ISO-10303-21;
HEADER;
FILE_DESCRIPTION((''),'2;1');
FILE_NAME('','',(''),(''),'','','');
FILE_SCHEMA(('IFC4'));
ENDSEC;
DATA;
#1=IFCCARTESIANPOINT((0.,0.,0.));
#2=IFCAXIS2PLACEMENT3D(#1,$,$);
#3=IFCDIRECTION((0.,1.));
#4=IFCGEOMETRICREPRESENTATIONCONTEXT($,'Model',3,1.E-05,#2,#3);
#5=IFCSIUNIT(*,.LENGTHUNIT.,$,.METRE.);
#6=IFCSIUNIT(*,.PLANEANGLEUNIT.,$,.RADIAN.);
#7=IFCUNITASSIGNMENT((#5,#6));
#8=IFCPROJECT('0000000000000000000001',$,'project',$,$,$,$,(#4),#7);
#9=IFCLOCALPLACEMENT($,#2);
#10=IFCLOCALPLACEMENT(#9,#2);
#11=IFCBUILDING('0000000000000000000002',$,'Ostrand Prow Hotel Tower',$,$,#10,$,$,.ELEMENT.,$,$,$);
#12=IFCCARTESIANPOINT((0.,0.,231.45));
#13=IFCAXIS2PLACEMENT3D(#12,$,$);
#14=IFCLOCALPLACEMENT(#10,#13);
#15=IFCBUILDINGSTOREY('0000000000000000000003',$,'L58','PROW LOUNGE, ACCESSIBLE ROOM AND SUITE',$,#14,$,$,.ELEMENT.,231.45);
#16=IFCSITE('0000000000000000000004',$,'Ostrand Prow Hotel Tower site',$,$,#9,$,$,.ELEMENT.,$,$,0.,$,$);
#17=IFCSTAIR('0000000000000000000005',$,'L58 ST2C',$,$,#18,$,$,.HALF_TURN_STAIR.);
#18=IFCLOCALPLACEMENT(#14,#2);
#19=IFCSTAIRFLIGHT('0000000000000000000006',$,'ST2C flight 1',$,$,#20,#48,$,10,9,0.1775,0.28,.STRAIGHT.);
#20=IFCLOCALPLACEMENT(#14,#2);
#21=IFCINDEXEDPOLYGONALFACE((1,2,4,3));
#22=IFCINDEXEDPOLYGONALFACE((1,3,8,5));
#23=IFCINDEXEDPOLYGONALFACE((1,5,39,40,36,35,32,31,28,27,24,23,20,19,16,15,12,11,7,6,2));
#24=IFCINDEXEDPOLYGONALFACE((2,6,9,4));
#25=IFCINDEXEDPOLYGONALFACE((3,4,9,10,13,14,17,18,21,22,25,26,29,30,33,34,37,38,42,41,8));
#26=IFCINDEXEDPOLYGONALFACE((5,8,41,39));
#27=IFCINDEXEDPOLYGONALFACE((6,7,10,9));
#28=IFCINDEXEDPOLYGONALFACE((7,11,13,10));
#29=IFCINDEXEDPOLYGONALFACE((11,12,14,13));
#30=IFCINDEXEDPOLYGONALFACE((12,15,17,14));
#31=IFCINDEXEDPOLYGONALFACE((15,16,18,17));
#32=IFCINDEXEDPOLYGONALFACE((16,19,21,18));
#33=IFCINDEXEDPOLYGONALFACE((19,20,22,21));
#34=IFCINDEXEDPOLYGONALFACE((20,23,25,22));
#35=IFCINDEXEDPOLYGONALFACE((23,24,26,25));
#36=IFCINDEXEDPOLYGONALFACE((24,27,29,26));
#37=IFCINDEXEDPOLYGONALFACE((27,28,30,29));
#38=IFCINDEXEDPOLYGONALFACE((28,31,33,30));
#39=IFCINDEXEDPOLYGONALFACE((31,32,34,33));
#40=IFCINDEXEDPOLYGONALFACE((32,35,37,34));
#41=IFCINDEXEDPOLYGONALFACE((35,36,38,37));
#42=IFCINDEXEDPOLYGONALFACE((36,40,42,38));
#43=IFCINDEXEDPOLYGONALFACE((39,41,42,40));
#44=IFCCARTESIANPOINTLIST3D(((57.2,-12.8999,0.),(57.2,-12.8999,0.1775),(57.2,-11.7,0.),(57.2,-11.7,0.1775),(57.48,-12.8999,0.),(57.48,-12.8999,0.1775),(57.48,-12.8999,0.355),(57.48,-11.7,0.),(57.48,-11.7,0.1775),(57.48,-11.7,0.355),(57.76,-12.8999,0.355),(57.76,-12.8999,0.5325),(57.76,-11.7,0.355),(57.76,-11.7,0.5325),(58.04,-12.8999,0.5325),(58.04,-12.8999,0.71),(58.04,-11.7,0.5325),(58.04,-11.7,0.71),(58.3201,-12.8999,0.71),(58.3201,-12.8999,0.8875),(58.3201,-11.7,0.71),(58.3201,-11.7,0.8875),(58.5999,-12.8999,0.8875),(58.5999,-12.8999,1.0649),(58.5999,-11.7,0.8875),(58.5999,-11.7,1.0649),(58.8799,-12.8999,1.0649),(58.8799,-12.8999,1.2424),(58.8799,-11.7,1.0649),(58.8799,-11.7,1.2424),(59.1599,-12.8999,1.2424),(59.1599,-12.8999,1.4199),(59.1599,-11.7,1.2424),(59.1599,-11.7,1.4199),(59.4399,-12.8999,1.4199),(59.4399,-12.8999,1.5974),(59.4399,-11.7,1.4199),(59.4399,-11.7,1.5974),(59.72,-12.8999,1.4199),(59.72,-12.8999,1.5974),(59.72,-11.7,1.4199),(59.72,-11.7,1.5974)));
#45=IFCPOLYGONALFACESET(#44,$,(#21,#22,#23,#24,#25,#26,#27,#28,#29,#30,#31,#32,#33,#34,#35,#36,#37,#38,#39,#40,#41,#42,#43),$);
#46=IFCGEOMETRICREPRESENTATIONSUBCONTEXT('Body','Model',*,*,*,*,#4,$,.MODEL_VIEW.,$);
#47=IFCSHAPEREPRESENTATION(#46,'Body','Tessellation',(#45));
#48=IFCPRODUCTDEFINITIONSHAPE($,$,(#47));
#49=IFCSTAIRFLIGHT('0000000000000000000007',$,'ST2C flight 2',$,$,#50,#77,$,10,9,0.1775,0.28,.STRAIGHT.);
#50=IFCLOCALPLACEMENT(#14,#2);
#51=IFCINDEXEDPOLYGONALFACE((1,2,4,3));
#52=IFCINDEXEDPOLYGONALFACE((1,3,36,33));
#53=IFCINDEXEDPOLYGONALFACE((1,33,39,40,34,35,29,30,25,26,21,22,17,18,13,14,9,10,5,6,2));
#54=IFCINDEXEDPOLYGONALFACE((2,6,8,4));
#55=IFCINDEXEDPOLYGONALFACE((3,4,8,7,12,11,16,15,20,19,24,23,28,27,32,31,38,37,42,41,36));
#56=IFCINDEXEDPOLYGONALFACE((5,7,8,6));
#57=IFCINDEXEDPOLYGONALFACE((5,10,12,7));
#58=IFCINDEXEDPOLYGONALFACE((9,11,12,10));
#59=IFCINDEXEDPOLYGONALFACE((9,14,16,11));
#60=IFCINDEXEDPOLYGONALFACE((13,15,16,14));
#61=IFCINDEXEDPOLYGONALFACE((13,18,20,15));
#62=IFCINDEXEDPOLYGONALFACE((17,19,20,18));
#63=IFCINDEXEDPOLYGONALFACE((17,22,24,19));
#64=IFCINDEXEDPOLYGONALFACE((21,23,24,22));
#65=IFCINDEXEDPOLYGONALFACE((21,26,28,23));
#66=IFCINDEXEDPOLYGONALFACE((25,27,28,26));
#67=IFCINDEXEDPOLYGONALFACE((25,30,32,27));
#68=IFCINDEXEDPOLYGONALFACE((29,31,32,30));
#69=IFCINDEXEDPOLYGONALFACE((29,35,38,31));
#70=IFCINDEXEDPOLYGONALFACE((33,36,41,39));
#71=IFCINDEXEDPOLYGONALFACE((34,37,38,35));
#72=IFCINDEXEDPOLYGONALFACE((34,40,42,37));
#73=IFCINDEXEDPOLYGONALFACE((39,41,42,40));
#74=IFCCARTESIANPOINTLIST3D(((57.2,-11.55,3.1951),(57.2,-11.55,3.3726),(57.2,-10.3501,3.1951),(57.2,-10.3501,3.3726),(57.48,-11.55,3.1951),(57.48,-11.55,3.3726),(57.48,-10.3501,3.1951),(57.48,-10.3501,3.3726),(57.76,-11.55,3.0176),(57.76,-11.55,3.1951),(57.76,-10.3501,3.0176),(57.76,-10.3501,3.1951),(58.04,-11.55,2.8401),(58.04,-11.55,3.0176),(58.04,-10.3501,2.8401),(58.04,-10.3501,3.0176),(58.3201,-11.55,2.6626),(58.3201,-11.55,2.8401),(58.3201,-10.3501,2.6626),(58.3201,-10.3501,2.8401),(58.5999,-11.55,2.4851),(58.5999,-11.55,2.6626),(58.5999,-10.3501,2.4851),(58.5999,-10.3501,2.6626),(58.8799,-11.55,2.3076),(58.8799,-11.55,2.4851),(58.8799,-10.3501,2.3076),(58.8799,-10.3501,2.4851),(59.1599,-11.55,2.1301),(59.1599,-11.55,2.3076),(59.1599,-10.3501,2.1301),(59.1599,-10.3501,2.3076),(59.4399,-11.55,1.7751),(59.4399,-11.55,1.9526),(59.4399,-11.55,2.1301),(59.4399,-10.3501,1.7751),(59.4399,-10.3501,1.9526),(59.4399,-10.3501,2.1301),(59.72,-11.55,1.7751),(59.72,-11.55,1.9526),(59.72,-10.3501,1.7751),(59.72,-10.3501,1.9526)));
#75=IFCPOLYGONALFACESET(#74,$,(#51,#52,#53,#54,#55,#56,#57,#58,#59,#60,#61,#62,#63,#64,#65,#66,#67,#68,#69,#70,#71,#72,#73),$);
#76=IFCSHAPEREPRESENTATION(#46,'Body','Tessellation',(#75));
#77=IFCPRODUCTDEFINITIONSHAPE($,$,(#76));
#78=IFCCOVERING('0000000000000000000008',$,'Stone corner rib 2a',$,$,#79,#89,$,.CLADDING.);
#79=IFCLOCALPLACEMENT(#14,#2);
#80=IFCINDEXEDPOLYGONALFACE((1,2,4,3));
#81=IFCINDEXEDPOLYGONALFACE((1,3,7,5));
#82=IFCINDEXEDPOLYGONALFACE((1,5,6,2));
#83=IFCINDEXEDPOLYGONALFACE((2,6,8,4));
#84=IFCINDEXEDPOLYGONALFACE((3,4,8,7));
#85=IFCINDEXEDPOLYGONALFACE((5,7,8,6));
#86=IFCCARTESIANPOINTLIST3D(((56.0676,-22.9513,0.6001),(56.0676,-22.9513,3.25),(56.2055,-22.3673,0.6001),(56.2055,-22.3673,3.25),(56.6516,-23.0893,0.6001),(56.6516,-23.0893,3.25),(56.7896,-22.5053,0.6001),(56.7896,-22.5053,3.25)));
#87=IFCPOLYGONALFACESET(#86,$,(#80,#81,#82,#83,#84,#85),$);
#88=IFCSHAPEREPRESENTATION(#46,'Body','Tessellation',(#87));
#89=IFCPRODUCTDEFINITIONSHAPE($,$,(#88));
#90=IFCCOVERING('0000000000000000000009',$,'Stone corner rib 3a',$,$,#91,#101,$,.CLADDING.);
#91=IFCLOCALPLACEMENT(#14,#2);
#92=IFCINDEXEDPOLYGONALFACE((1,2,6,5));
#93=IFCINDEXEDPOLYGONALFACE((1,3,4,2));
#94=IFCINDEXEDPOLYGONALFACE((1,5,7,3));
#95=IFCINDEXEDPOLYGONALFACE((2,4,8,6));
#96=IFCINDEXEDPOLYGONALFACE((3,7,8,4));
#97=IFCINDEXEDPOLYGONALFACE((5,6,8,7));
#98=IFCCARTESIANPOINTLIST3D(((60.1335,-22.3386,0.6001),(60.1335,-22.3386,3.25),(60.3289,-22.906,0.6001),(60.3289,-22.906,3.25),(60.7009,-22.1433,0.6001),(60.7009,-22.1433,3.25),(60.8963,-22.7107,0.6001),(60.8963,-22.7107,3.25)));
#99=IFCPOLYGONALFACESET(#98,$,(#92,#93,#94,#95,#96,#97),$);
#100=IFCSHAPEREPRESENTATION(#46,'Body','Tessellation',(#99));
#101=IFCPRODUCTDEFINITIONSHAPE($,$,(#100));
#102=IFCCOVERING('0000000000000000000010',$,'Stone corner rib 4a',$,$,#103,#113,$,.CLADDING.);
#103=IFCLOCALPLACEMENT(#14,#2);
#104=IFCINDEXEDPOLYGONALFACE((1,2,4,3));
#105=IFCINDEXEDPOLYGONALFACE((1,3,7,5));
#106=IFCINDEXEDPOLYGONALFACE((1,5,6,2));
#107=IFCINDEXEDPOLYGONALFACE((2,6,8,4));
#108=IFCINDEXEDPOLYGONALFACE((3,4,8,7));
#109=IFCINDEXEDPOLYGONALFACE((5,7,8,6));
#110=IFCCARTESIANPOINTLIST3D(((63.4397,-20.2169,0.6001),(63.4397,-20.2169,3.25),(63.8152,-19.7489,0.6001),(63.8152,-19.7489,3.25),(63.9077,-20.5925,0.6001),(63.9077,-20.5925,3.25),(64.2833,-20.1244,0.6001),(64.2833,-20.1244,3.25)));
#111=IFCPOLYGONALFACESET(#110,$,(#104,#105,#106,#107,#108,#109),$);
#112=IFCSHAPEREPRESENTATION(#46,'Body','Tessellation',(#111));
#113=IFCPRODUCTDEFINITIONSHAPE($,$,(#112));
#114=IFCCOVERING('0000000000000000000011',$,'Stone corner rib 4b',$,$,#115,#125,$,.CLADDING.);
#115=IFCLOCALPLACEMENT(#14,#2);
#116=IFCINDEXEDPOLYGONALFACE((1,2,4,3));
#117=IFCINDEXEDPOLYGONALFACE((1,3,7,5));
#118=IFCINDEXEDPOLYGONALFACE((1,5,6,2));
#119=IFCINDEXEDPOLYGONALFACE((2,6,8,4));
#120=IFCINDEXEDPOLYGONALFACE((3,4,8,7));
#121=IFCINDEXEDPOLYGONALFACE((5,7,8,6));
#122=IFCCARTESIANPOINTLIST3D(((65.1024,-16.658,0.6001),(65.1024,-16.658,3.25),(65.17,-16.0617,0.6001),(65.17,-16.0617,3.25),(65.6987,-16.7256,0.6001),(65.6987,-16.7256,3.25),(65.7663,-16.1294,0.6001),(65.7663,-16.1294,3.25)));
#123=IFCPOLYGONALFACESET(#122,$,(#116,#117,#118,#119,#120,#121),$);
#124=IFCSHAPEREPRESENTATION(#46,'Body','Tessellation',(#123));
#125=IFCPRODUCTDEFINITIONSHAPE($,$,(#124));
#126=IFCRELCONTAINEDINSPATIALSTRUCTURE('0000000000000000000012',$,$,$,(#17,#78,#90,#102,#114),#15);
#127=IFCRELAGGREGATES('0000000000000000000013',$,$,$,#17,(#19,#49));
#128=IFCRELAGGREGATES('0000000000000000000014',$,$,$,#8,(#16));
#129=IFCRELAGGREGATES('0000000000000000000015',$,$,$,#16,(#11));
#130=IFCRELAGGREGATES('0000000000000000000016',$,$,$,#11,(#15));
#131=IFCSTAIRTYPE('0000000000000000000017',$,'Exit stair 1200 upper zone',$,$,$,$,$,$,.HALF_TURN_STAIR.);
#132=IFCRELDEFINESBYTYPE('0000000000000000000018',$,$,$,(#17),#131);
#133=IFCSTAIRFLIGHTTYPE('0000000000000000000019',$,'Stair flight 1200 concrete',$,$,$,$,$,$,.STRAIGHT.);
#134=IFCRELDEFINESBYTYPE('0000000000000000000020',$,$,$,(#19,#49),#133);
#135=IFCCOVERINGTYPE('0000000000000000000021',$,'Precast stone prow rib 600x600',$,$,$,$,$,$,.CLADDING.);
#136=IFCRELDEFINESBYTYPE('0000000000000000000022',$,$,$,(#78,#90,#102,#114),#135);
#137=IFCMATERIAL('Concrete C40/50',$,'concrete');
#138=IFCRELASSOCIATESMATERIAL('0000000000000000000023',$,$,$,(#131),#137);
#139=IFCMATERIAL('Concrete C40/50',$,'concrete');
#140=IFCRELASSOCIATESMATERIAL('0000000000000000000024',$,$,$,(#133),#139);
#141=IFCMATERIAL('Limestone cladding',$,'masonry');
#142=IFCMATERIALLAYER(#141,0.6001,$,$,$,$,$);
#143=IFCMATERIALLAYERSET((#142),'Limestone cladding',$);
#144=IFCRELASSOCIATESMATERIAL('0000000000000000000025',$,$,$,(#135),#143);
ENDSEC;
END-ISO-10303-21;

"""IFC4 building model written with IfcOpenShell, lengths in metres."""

from ifc_helpers import new_model, si_unit, direction, frame, frame_2d, origin, place, context, subcontext, project, spatial, polyline, rectangle, outline, extrude, material, layer, layer_set, type_object, element, aggregate, save


model = new_model("IFC4")

# Units and contexts
model_context = context("Model", 3, precision=1e-05, world=origin(), true_north=direction((0.0, 1.0)))
body_context = subcontext(model_context, "Body", "Model", "MODEL_VIEW")
ifc_project = project(units=[si_unit("LENGTHUNIT", "METRE"), si_unit("PLANEANGLEUNIT", "RADIAN")], contexts=[model_context])

# Site, building, storey
site_placement = place(None, origin())
site = spatial("IfcSite", under=ifc_project, at=site_placement, Name="Ostrand Prow Hotel Tower site", CompositionType="ELEMENT", RefElevation=0.0)
building_placement = place(site_placement, origin())
building = spatial("IfcBuilding", under=site, at=building_placement, Name="Ostrand Prow Hotel Tower", CompositionType="ELEMENT")
storey_placement = place(building_placement, frame((0.0, 0.0, 231.45)))
storey = spatial("IfcBuildingStorey", under=building, at=storey_placement, Name="L58", Description="PROW LOUNGE, ACCESSIBLE ROOM AND SUITE", CompositionType="ELEMENT", Elevation=231.45)

# Stair, stair flights
ifc_material_1 = material(Name="Concrete C40/50", Category="concrete")
stair_type = type_object("IfcStairType", Name="Exit stair 1200 upper zone", PredefinedType="HALF_TURN_STAIR", material=ifc_material_1)
stair_placement = place(storey_placement, origin())
stair = element("IfcStair", 1, at=stair_placement, inside=storey, type_object=stair_type, Name="L58 ST2C", PredefinedType="HALF_TURN_STAIR")
ifc_material_2 = material(Name="Concrete C40/50", Category="concrete")
stair_flight_type = type_object("IfcStairFlightType", Name="Stair flight 1200 concrete", PredefinedType="STRAIGHT", material=ifc_material_2)
stair_flight_1_placement = place(storey_placement, frame((57.2, -12.3, 0.0), z_axis=(0.0, 0.0, 1.0), x_axis=(1.0, 0.0, 0.0)))
stair_flight_1 = element("IfcStairFlight", 2, at=stair_flight_1_placement, type_object=stair_flight_type, Name="ST2C flight 1", NumberOfRisers=10, NumberOfTreads=9, PredefinedType="STRAIGHT", RiserHeight=0.1775, TreadLength=0.28, context=body_context, shape_type="SweptSolid", body=[
    extrude(outline(polyline([(0.0, 0.0), (0.0, 0.1775), (0.28, 0.1775), (0.28, 0.355), (0.5601, 0.355), (0.5601, 0.5325), (0.8401, 0.5325), (0.8401, 0.71), (1.1201, 0.71), (1.1201, 0.8875), (1.3999, 0.8875), (1.3999, 1.0649), (1.6799, 1.0649), (1.6799, 1.2424), (1.96, 1.2424), (1.96, 1.4199), (2.24, 1.4199), (2.24, 1.5974), (2.52, 1.5974), (2.52, 1.7749), (2.52, 1.4199), (0.28, 0.0), (0.0, 0.0)])), frame((0.0, 0.6001, 0.0), z_axis=(0.0, -1.0, 0.0), x_axis=(1.0, 0.0, 0.0)), (0.0, 0.0, 1.0), 1.2),
])
stair_flight_2_placement = place(storey_placement, frame((59.72, -10.95, 1.7751), z_axis=(0.0, 0.0, 1.0), x_axis=(-1.0, 0.0, 0.0)))
stair_flight_2 = element("IfcStairFlight", 3, at=stair_flight_2_placement, type_object=stair_flight_type, Name="ST2C flight 2", NumberOfRisers=10, NumberOfTreads=9, PredefinedType="STRAIGHT", RiserHeight=0.1775, TreadLength=0.28, context=body_context, shape_type="SweptSolid", body=[
    extrude(outline(polyline([(0.0, 0.0), (0.0, 0.1775), (0.28, 0.1775), (0.28, 0.355), (0.5601, 0.355), (0.5601, 0.5325), (0.8401, 0.5325), (0.8401, 0.71), (1.1201, 0.71), (1.1201, 0.8875), (1.3999, 0.8875), (1.3999, 1.0649), (1.6799, 1.0649), (1.6799, 1.2424), (1.96, 1.2424), (1.96, 1.4199), (2.24, 1.4199), (2.24, 1.5974), (2.52, 1.5974), (2.52, 1.7749), (2.52, 1.4199), (0.28, 0.0), (0.0, 0.0)])), frame((0.0, 0.6001, 0.0), z_axis=(0.0, -1.0, 0.0), x_axis=(1.0, 0.0, 0.0)), (0.0, 0.0, 1.0), 1.2),
])
aggregate(stair, [stair_flight_1, stair_flight_2])

# Coverings
ifc_material_3 = material(Name="Limestone cladding", Category="masonry")
ifc_layer_1 = layer(ifc_material_3, 0.6001)
ifc_layer_set_1 = layer_set([ifc_layer_1], Name="Limestone cladding")
covering_type = type_object("IfcCoveringType", Name="Precast stone prow rib 600x600", PredefinedType="CLADDING", material=ifc_layer_set_1)
for number, where, z_axis, x_axis, name in (
    (4, (56.4976, -22.4363, 0.6001), (0.0, 0.0, 1.0), (-0.229878, -0.973219, 0.0), "Stone corner rib 2a"),
    (5, (60.4172, -22.241, 0.6001), (0.0, 0.0, 1.0), (0.325489, -0.945546, 0.0), "Stone corner rib 3a"),
    (6, (63.6274, -19.9829, 0.6001), (0.0, 0.0, 1.0), (0.779995, -0.625786, 0.0), "Stone corner rib 4a"),
    (7, (65.1362, -16.3599, 0.6001), (0.0, 0.0, 1.0), (0.993628, -0.112709, 0.0), "Stone corner rib 4b"),
):
    element("IfcCovering", number, at=place(storey_placement, frame(where, z_axis=z_axis, x_axis=x_axis)), inside=storey, type_object=covering_type, Name=name, PredefinedType="CLADDING", context=body_context, shape_type="SweptSolid", body=[
        extrude(rectangle(XDim=0.6001, YDim=0.6001, at=frame_2d((0.3, 0.0))), origin(), (0.0, 0.0, 1.0), 2.6499),
    ])

save(model, "model.ifc")
